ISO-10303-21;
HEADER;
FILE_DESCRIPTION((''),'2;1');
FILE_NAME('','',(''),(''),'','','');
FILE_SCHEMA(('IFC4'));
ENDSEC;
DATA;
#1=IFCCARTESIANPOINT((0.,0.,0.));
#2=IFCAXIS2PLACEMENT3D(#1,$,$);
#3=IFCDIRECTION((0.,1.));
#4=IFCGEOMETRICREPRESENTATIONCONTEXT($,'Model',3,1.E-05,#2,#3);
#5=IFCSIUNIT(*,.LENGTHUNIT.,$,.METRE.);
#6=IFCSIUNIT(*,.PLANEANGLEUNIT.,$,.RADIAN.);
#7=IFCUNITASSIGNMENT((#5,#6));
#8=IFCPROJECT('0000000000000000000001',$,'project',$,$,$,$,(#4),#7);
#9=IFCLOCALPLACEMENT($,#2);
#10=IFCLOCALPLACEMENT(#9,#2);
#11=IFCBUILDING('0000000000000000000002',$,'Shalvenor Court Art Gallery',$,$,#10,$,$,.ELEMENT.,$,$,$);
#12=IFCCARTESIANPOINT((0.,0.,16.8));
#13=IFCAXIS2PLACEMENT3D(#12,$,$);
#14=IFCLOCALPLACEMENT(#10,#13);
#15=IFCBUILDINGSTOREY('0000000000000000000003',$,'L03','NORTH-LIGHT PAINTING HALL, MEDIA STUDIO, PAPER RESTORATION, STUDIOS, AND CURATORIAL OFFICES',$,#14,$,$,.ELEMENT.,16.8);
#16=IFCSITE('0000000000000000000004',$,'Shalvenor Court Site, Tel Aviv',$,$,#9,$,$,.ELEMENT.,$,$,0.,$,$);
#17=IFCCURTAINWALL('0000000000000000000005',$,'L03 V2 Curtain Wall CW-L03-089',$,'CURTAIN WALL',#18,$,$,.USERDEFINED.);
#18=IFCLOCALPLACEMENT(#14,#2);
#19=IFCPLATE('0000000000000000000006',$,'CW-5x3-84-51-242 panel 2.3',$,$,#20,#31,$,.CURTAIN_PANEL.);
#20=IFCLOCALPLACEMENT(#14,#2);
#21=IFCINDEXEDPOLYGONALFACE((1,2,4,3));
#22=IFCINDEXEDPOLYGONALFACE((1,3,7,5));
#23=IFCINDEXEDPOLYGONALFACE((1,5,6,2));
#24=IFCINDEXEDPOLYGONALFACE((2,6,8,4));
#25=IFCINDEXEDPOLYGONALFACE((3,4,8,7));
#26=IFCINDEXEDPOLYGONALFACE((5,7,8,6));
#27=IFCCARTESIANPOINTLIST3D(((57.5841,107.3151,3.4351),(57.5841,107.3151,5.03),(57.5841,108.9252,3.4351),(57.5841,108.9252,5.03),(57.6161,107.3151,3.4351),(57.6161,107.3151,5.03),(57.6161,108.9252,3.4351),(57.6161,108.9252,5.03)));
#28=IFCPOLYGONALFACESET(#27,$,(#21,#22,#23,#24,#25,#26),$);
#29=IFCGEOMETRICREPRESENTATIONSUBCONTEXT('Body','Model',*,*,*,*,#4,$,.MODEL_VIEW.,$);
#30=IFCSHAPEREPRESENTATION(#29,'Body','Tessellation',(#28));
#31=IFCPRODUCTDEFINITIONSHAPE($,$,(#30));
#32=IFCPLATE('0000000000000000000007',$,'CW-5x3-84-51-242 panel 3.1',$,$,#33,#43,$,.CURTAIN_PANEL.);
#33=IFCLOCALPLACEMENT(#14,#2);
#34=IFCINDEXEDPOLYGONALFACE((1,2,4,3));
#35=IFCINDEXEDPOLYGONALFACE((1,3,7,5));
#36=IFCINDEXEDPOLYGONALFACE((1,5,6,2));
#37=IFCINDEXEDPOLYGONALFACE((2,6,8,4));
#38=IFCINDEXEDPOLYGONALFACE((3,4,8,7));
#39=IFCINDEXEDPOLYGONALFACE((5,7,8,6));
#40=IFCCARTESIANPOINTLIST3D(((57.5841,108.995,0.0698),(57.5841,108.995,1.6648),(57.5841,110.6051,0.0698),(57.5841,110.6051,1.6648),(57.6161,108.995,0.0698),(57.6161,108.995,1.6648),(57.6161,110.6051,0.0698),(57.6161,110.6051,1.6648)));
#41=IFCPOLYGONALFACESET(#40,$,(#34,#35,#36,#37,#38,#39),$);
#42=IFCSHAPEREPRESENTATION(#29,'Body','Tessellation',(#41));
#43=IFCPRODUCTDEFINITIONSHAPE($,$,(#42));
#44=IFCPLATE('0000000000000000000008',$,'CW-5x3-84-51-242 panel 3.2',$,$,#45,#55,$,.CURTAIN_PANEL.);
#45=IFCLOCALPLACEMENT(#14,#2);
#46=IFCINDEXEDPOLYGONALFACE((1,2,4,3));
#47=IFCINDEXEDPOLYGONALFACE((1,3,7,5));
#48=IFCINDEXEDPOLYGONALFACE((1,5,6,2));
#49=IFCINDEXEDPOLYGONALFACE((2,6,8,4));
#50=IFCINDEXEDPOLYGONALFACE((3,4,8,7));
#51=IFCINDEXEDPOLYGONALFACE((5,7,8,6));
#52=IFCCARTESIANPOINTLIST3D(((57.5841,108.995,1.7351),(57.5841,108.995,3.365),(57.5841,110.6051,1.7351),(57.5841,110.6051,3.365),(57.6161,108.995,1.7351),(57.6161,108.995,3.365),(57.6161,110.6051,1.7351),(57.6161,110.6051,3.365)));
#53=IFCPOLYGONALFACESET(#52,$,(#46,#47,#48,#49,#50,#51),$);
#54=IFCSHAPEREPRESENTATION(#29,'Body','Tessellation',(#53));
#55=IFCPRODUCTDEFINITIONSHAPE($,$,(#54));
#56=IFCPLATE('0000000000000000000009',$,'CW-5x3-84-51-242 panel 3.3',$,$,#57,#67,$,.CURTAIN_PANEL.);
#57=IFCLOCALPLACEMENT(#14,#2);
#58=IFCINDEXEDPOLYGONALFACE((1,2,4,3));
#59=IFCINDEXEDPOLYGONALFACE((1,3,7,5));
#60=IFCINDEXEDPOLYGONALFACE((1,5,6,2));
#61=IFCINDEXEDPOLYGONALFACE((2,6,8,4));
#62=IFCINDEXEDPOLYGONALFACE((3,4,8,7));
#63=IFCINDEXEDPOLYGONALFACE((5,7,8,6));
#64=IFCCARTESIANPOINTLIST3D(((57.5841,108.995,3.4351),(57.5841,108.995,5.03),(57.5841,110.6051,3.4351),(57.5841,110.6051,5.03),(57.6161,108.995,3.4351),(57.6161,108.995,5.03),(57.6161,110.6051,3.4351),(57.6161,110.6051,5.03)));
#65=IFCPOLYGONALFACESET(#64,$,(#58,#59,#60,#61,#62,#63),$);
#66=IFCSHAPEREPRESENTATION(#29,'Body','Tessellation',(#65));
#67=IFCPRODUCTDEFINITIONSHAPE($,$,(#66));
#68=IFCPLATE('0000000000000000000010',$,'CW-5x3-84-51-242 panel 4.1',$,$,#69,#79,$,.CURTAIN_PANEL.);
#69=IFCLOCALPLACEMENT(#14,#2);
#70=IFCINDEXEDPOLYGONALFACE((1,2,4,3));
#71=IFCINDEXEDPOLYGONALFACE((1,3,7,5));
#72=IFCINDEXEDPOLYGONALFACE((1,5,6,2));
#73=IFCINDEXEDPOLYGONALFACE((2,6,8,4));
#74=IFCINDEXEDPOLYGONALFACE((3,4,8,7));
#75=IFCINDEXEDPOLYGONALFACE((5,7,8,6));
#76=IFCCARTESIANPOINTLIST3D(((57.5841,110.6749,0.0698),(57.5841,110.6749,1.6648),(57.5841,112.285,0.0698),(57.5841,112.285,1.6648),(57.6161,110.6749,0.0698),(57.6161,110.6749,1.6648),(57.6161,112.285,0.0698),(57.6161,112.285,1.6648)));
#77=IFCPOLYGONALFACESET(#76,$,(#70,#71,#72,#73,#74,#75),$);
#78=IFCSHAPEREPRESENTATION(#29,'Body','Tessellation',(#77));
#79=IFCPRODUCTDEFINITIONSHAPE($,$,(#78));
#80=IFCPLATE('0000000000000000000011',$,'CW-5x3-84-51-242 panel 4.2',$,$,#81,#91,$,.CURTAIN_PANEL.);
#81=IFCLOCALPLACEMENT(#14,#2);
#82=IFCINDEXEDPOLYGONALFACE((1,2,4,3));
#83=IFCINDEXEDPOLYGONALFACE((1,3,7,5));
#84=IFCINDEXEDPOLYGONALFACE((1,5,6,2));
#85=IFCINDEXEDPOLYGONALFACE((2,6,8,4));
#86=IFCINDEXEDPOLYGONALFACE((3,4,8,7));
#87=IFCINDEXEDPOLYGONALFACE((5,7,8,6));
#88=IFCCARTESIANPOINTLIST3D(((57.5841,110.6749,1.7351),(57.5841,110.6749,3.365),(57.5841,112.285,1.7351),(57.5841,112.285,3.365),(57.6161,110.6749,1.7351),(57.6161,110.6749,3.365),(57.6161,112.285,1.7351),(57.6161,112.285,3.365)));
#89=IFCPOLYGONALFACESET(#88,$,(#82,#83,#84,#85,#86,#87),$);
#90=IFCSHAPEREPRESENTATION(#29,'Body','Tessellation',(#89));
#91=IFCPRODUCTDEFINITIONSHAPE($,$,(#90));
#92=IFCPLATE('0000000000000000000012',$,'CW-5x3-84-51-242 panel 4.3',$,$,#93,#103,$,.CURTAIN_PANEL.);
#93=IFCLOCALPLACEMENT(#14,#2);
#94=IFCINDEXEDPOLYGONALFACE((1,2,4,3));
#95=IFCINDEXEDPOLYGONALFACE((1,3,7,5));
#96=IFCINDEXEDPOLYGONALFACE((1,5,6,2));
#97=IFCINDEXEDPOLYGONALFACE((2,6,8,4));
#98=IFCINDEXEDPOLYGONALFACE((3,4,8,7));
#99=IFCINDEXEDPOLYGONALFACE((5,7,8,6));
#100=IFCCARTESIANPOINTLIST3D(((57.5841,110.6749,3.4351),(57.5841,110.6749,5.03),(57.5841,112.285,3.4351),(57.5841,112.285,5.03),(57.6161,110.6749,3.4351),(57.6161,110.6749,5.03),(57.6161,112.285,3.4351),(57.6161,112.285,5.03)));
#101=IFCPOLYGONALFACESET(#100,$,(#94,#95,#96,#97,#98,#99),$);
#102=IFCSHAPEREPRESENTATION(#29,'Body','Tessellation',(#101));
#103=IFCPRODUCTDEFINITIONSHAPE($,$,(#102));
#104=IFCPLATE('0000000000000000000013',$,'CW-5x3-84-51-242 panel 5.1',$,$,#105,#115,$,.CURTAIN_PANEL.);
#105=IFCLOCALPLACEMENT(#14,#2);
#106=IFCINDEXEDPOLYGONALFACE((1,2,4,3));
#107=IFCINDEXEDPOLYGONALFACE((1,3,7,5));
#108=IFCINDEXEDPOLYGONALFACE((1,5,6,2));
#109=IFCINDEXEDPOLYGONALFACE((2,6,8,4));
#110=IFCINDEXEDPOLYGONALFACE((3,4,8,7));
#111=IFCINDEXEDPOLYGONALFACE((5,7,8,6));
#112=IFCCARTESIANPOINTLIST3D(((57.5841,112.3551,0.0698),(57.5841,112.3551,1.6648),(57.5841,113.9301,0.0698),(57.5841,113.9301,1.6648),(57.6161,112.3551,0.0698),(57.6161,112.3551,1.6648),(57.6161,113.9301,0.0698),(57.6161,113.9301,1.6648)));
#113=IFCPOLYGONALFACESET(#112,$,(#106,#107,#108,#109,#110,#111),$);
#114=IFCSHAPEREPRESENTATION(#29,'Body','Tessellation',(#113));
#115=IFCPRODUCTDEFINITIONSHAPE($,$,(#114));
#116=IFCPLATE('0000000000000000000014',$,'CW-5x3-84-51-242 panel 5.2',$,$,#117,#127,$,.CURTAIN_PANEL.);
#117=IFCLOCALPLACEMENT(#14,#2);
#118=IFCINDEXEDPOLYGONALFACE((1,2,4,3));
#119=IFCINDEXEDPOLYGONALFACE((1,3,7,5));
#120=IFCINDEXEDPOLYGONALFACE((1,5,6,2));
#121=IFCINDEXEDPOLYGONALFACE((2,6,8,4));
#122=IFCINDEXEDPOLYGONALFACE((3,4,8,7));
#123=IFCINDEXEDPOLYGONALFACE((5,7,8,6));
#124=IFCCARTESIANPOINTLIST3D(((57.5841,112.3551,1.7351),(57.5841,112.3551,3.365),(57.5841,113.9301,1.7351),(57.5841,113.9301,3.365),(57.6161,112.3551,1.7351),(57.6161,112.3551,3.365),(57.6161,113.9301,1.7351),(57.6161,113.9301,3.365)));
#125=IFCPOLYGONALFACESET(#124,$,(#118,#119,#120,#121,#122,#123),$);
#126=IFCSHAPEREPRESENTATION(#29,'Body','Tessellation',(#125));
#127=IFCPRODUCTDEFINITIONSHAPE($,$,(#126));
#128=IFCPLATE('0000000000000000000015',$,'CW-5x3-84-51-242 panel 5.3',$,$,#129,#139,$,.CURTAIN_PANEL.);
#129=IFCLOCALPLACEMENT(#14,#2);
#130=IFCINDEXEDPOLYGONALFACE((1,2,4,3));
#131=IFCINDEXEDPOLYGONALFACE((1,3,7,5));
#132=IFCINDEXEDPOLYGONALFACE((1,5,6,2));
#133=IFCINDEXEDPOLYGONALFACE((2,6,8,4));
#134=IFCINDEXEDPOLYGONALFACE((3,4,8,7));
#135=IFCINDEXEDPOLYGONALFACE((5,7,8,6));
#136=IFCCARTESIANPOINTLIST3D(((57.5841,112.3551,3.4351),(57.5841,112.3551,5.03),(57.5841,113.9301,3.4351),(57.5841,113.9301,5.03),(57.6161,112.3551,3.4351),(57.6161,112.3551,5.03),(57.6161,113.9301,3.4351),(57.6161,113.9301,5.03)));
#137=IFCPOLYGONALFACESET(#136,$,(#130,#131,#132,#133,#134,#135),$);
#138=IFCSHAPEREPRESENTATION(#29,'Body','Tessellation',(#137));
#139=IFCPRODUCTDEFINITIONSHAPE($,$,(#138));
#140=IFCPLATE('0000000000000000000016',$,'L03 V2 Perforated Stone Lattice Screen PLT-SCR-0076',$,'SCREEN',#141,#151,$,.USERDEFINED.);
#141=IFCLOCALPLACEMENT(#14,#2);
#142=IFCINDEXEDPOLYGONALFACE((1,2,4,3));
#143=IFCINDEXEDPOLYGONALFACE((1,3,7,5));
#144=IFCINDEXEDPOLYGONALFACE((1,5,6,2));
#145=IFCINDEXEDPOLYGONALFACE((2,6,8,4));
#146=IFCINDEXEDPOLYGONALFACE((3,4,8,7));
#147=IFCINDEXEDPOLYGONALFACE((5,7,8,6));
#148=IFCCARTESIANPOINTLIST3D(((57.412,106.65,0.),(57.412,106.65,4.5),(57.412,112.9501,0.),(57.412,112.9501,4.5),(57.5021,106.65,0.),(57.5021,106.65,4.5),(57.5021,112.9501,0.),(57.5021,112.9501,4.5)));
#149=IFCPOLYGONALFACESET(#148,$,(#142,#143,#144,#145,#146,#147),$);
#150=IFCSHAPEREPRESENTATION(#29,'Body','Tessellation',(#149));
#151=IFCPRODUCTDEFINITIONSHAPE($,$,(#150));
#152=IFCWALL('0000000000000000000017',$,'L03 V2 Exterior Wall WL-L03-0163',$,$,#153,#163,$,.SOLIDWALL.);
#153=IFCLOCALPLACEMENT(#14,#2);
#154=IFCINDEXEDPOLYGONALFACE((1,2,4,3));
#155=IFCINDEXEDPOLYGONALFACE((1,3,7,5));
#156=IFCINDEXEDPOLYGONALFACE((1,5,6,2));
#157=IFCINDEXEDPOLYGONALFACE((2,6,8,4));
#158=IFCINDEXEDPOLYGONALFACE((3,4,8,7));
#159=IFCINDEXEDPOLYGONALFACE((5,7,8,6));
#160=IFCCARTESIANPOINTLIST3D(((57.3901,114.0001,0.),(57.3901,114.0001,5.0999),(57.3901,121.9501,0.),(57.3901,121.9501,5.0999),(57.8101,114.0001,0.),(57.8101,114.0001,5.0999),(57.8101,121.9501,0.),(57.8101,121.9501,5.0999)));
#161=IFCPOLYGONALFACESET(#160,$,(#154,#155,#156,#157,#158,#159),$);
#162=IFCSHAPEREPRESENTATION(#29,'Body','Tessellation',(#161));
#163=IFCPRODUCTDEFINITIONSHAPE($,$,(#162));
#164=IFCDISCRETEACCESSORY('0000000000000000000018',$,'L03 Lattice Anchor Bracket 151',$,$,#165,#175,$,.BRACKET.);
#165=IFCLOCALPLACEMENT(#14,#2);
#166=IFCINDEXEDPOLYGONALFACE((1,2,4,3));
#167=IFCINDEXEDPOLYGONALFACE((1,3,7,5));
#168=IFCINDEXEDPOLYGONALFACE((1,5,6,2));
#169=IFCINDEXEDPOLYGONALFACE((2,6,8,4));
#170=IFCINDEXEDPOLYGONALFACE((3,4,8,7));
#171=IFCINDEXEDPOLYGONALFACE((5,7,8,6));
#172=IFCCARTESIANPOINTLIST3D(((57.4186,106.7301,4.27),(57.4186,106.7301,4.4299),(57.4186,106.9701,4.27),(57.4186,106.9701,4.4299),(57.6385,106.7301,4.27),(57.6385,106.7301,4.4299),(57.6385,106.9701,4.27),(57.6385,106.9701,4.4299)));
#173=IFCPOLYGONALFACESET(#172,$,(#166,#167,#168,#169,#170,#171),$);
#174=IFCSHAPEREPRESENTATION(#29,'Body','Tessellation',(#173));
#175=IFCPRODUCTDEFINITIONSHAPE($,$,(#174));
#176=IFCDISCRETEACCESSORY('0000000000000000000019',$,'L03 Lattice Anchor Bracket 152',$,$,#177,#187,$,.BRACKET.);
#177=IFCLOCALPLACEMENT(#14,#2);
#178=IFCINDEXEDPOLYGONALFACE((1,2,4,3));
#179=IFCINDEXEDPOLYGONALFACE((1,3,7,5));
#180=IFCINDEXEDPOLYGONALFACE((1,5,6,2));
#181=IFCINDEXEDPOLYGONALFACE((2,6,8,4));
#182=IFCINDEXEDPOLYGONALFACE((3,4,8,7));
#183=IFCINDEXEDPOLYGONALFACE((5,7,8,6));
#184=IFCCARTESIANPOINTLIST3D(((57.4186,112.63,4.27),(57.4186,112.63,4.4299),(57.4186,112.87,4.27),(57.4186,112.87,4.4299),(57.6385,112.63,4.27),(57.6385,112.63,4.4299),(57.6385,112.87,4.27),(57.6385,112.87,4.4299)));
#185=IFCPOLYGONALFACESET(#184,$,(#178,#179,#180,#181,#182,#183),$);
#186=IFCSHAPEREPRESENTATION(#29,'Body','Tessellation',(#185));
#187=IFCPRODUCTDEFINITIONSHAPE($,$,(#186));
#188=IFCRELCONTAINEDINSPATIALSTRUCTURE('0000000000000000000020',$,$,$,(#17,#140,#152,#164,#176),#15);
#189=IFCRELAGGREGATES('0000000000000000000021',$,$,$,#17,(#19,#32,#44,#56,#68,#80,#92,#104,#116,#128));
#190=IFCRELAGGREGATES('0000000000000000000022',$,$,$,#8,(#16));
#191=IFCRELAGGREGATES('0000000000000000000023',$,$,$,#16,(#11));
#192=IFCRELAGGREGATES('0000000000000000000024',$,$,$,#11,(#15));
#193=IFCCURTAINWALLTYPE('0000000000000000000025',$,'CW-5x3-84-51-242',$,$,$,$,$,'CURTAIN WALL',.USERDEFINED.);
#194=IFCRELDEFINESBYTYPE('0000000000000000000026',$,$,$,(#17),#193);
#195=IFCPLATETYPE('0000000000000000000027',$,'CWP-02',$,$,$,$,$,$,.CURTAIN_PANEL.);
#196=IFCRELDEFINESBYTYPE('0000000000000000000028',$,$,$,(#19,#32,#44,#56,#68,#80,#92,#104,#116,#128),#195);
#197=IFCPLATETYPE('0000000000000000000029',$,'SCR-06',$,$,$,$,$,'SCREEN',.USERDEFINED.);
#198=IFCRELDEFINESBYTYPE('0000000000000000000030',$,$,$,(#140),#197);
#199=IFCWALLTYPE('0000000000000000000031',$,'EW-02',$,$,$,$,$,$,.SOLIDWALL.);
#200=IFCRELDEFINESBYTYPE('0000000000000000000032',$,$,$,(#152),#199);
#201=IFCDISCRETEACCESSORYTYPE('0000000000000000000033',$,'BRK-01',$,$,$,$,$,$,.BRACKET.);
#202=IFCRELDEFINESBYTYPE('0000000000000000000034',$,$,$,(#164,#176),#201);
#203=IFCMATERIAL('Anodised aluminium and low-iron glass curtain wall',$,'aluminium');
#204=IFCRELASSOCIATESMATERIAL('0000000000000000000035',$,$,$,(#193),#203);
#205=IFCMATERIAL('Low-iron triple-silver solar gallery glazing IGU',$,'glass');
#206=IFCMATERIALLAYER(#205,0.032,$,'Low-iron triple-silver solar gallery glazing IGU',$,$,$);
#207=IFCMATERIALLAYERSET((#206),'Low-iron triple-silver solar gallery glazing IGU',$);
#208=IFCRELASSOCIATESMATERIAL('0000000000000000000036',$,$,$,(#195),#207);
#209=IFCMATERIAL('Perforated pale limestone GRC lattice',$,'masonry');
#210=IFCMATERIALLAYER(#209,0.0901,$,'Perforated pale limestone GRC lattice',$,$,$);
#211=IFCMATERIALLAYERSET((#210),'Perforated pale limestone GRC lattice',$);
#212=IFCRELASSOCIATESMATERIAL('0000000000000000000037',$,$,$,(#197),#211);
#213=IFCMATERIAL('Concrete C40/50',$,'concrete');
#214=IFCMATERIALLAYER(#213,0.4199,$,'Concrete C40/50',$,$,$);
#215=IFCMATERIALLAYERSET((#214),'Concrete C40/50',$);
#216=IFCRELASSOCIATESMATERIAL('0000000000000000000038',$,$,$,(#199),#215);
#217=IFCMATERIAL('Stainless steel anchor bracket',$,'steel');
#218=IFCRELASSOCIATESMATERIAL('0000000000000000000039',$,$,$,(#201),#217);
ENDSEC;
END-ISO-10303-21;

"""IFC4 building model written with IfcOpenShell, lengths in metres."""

from ifc_helpers import new_model, si_unit, direction, frame, frame_2d, origin, origin_2d, place, context, subcontext, project, spatial, rectangle, extrude, material, layer, layer_set, type_object, element, aggregate, save


model = new_model("IFC4")

# Units and contexts
model_context = context("Model", 3, precision=1e-05, world=origin(), true_north=direction((0.0, 1.0)))
body_context = subcontext(model_context, "Body", "Model", "MODEL_VIEW")
ifc_project = project(units=[si_unit("LENGTHUNIT", "METRE"), si_unit("PLANEANGLEUNIT", "RADIAN")], contexts=[model_context])

# Site, building, storey
site_placement = place(None, origin())
site = spatial("IfcSite", under=ifc_project, at=site_placement, Name="Shalvenor Court Site, Tel Aviv", CompositionType="ELEMENT", RefElevation=0.0)
building_placement = place(site_placement, origin())
building = spatial("IfcBuilding", under=site, at=building_placement, Name="Shalvenor Court Art Gallery", CompositionType="ELEMENT")
storey_placement = place(building_placement, frame((0.0, 0.0, 16.8)))
storey = spatial("IfcBuildingStorey", under=building, at=storey_placement, Name="L03", Description="NORTH-LIGHT PAINTING HALL, MEDIA STUDIO, PAPER RESTORATION, STUDIOS, AND CURATORIAL OFFICES", CompositionType="ELEMENT", Elevation=16.8)

# Curtain wall
ifc_material_1 = material(Name="Anodised aluminium and low-iron glass curtain wall", Category="aluminium")
curtain_wall_type = type_object("IfcCurtainWallType", Name="CW-5x3-84-51-242", ElementType="CURTAIN WALL", PredefinedType="USERDEFINED", material=ifc_material_1)
curtain_wall_placement = place(storey_placement, origin())
curtain_wall = element("IfcCurtainWall", 1, at=curtain_wall_placement, inside=storey, type_object=curtain_wall_type, Name="L03 V2 Curtain Wall CW-L03-089", ObjectType="CURTAIN WALL", PredefinedType="USERDEFINED")

# Plates
ifc_material_2 = material(Name="Low-iron triple-silver solar gallery glazing IGU", Category="glass")
ifc_layer_1 = layer(ifc_material_2, 0.032, Name="Low-iron triple-silver solar gallery glazing IGU")
ifc_layer_set_1 = layer_set([ifc_layer_1], Name="Low-iron triple-silver solar gallery glazing IGU")
plate_type_1 = type_object("IfcPlateType", Name="CWP-02", PredefinedType="CURTAIN_PANEL", material=ifc_layer_set_1)
plate_1_placement = place(storey_placement, frame((57.6001, 108.1201, 3.4351), z_axis=(0.0, 0.0, 1.0), x_axis=(0.0, 1.0, 0.0)))
plate_1 = element("IfcPlate", 2, at=plate_1_placement, type_object=plate_type_1, Name="CW-5x3-84-51-242 panel 2.3", PredefinedType="CURTAIN_PANEL", context=body_context, shape_type="SweptSolid", body=[
    extrude(rectangle(XDim=1.6101, YDim=0.032, at=origin_2d()), origin(), (0.0, 0.0, 1.0), 1.595),
])
plate_2_placement = place(storey_placement, frame((57.6001, 109.8, 0.0698), z_axis=(0.0, 0.0, 1.0), x_axis=(0.0, 1.0, 0.0)))
plate_2 = element("IfcPlate", 3, at=plate_2_placement, type_object=plate_type_1, Name="CW-5x3-84-51-242 panel 3.1", PredefinedType="CURTAIN_PANEL", context=body_context, shape_type="SweptSolid", body=[
    extrude(rectangle(XDim=1.6101, YDim=0.032, at=origin_2d()), origin(), (0.0, 0.0, 1.0), 1.595),
])
plate_3_placement = place(storey_placement, frame((57.6001, 109.8, 1.7351), z_axis=(0.0, 0.0, 1.0), x_axis=(0.0, 1.0, 0.0)))
plate_3 = element("IfcPlate", 4, at=plate_3_placement, type_object=plate_type_1, Name="CW-5x3-84-51-242 panel 3.2", PredefinedType="CURTAIN_PANEL", context=body_context, shape_type="SweptSolid", body=[
    extrude(rectangle(XDim=1.6101, YDim=0.032, at=origin_2d()), origin(), (0.0, 0.0, 1.0), 1.6299),
])
plate_4_placement = place(storey_placement, frame((57.6001, 109.8, 3.4351), z_axis=(0.0, 0.0, 1.0), x_axis=(0.0, 1.0, 0.0)))
plate_4 = element("IfcPlate", 5, at=plate_4_placement, type_object=plate_type_1, Name="CW-5x3-84-51-242 panel 3.3", PredefinedType="CURTAIN_PANEL", context=body_context, shape_type="SweptSolid", body=[
    extrude(rectangle(XDim=1.6101, YDim=0.032, at=origin_2d()), origin(), (0.0, 0.0, 1.0), 1.595),
])
plate_5_placement = place(storey_placement, frame((57.6001, 111.48, 0.0698), z_axis=(0.0, 0.0, 1.0), x_axis=(0.0, 1.0, 0.0)))
plate_5 = element("IfcPlate", 6, at=plate_5_placement, type_object=plate_type_1, Name="CW-5x3-84-51-242 panel 4.1", PredefinedType="CURTAIN_PANEL", context=body_context, shape_type="SweptSolid", body=[
    extrude(rectangle(XDim=1.6101, YDim=0.032, at=origin_2d()), origin(), (0.0, 0.0, 1.0), 1.595),
])
plate_6_placement = place(storey_placement, frame((57.6001, 111.48, 1.7351), z_axis=(0.0, 0.0, 1.0), x_axis=(0.0, 1.0, 0.0)))
plate_6 = element("IfcPlate", 7, at=plate_6_placement, type_object=plate_type_1, Name="CW-5x3-84-51-242 panel 4.2", PredefinedType="CURTAIN_PANEL", context=body_context, shape_type="SweptSolid", body=[
    extrude(rectangle(XDim=1.6101, YDim=0.032, at=origin_2d()), origin(), (0.0, 0.0, 1.0), 1.6299),
])
plate_7_placement = place(storey_placement, frame((57.6001, 111.48, 3.4351), z_axis=(0.0, 0.0, 1.0), x_axis=(0.0, 1.0, 0.0)))
plate_7 = element("IfcPlate", 8, at=plate_7_placement, type_object=plate_type_1, Name="CW-5x3-84-51-242 panel 4.3", PredefinedType="CURTAIN_PANEL", context=body_context, shape_type="SweptSolid", body=[
    extrude(rectangle(XDim=1.6101, YDim=0.032, at=origin_2d()), origin(), (0.0, 0.0, 1.0), 1.595),
])
plate_8_placement = place(storey_placement, frame((57.6001, 113.1426, 0.0698), z_axis=(0.0, 0.0, 1.0), x_axis=(0.0, 1.0, 0.0)))
plate_8 = element("IfcPlate", 9, at=plate_8_placement, type_object=plate_type_1, Name="CW-5x3-84-51-242 panel 5.1", PredefinedType="CURTAIN_PANEL", context=body_context, shape_type="SweptSolid", body=[
    extrude(rectangle(XDim=1.575, YDim=0.032, at=origin_2d()), origin(), (0.0, 0.0, 1.0), 1.595),
])
plate_9_placement = place(storey_placement, frame((57.6001, 113.1426, 1.7351), z_axis=(0.0, 0.0, 1.0), x_axis=(0.0, 1.0, 0.0)))
plate_9 = element("IfcPlate", 10, at=plate_9_placement, type_object=plate_type_1, Name="CW-5x3-84-51-242 panel 5.2", PredefinedType="CURTAIN_PANEL", context=body_context, shape_type="SweptSolid", body=[
    extrude(rectangle(XDim=1.575, YDim=0.032, at=origin_2d()), origin(), (0.0, 0.0, 1.0), 1.6299),
])
plate_10_placement = place(storey_placement, frame((57.6001, 113.1426, 3.4351), z_axis=(0.0, 0.0, 1.0), x_axis=(0.0, 1.0, 0.0)))
plate_10 = element("IfcPlate", 11, at=plate_10_placement, type_object=plate_type_1, Name="CW-5x3-84-51-242 panel 5.3", PredefinedType="CURTAIN_PANEL", context=body_context, shape_type="SweptSolid", body=[
    extrude(rectangle(XDim=1.575, YDim=0.032, at=origin_2d()), origin(), (0.0, 0.0, 1.0), 1.595),
])
aggregate(curtain_wall, [plate_1, plate_2, plate_3, plate_4, plate_5, plate_6, plate_7, plate_8, plate_9, plate_10])
ifc_material_3 = material(Name="Perforated pale limestone GRC lattice", Category="masonry")
ifc_layer_2 = layer(ifc_material_3, 0.0901, Name="Perforated pale limestone GRC lattice")
ifc_layer_set_2 = layer_set([ifc_layer_2], Name="Perforated pale limestone GRC lattice")
plate_type_2 = type_object("IfcPlateType", Name="SCR-06", ElementType="SCREEN", PredefinedType="USERDEFINED", material=ifc_layer_set_2)
plate_11_placement = place(storey_placement, frame((57.457, 109.8, 0.0), z_axis=(0.0, 0.0, 1.0), x_axis=(0.0, 1.0, 0.0)))
element("IfcPlate", 12, at=plate_11_placement, inside=storey, type_object=plate_type_2, Name="L03 V2 Perforated Stone Lattice Screen PLT-SCR-0076", ObjectType="SCREEN", PredefinedType="USERDEFINED", context=body_context, shape_type="SweptSolid", body=[
    extrude(rectangle(XDim=6.3, YDim=0.0901, at=origin_2d()), origin(), (0.0, 0.0, 1.0), 4.5),
])

# Wall
ifc_material_4 = material(Name="Concrete C40/50", Category="concrete")
ifc_layer_3 = layer(ifc_material_4, 0.4199, Name="Concrete C40/50")
ifc_layer_set_3 = layer_set([ifc_layer_3], Name="Concrete C40/50")
wall_type = type_object("IfcWallType", Name="EW-02", PredefinedType="SOLIDWALL", material=ifc_layer_set_3)
wall_placement = place(storey_placement, frame((57.6001, 114.0, 0.0), z_axis=(0.0, 0.0, 1.0), x_axis=(0.0, 1.0, 0.0)))
element("IfcWall", 13, at=wall_placement, inside=storey, type_object=wall_type, Name="L03 V2 Exterior Wall WL-L03-0163", PredefinedType="SOLIDWALL", context=body_context, shape_type="SweptSolid", body=[
    extrude(rectangle(XDim=7.95, YDim=0.4199, at=frame_2d((3.9751, 0.0))), origin(), (0.0, 0.0, 1.0), 5.0999),
])

# Discrete accessories
ifc_material_5 = material(Name="Stainless steel anchor bracket", Category="steel")
discrete_accessory_type = type_object("IfcDiscreteAccessoryType", Name="BRK-01", PredefinedType="BRACKET", material=ifc_material_5)
for number, where, z_axis, x_axis, name in (
    (14, (57.5286, 106.8501, 4.27), (0.0, 0.0, 1.0), (0.0, 1.0, 0.0), "L03 Lattice Anchor Bracket 151"),
    (15, (57.5286, 112.75, 4.27), (0.0, 0.0, 1.0), (0.0, 1.0, 0.0), "L03 Lattice Anchor Bracket 152"),
):
    element("IfcDiscreteAccessory", number, at=place(storey_placement, frame(where, z_axis=z_axis, x_axis=x_axis)), inside=storey, type_object=discrete_accessory_type, Name=name, PredefinedType="BRACKET", context=body_context, shape_type="SweptSolid", body=[
        extrude(rectangle(XDim=0.24, YDim=0.22, at=origin_2d()), origin(), (0.0, 0.0, 1.0), 0.1599),
    ])

save(model, "model.ifc")
